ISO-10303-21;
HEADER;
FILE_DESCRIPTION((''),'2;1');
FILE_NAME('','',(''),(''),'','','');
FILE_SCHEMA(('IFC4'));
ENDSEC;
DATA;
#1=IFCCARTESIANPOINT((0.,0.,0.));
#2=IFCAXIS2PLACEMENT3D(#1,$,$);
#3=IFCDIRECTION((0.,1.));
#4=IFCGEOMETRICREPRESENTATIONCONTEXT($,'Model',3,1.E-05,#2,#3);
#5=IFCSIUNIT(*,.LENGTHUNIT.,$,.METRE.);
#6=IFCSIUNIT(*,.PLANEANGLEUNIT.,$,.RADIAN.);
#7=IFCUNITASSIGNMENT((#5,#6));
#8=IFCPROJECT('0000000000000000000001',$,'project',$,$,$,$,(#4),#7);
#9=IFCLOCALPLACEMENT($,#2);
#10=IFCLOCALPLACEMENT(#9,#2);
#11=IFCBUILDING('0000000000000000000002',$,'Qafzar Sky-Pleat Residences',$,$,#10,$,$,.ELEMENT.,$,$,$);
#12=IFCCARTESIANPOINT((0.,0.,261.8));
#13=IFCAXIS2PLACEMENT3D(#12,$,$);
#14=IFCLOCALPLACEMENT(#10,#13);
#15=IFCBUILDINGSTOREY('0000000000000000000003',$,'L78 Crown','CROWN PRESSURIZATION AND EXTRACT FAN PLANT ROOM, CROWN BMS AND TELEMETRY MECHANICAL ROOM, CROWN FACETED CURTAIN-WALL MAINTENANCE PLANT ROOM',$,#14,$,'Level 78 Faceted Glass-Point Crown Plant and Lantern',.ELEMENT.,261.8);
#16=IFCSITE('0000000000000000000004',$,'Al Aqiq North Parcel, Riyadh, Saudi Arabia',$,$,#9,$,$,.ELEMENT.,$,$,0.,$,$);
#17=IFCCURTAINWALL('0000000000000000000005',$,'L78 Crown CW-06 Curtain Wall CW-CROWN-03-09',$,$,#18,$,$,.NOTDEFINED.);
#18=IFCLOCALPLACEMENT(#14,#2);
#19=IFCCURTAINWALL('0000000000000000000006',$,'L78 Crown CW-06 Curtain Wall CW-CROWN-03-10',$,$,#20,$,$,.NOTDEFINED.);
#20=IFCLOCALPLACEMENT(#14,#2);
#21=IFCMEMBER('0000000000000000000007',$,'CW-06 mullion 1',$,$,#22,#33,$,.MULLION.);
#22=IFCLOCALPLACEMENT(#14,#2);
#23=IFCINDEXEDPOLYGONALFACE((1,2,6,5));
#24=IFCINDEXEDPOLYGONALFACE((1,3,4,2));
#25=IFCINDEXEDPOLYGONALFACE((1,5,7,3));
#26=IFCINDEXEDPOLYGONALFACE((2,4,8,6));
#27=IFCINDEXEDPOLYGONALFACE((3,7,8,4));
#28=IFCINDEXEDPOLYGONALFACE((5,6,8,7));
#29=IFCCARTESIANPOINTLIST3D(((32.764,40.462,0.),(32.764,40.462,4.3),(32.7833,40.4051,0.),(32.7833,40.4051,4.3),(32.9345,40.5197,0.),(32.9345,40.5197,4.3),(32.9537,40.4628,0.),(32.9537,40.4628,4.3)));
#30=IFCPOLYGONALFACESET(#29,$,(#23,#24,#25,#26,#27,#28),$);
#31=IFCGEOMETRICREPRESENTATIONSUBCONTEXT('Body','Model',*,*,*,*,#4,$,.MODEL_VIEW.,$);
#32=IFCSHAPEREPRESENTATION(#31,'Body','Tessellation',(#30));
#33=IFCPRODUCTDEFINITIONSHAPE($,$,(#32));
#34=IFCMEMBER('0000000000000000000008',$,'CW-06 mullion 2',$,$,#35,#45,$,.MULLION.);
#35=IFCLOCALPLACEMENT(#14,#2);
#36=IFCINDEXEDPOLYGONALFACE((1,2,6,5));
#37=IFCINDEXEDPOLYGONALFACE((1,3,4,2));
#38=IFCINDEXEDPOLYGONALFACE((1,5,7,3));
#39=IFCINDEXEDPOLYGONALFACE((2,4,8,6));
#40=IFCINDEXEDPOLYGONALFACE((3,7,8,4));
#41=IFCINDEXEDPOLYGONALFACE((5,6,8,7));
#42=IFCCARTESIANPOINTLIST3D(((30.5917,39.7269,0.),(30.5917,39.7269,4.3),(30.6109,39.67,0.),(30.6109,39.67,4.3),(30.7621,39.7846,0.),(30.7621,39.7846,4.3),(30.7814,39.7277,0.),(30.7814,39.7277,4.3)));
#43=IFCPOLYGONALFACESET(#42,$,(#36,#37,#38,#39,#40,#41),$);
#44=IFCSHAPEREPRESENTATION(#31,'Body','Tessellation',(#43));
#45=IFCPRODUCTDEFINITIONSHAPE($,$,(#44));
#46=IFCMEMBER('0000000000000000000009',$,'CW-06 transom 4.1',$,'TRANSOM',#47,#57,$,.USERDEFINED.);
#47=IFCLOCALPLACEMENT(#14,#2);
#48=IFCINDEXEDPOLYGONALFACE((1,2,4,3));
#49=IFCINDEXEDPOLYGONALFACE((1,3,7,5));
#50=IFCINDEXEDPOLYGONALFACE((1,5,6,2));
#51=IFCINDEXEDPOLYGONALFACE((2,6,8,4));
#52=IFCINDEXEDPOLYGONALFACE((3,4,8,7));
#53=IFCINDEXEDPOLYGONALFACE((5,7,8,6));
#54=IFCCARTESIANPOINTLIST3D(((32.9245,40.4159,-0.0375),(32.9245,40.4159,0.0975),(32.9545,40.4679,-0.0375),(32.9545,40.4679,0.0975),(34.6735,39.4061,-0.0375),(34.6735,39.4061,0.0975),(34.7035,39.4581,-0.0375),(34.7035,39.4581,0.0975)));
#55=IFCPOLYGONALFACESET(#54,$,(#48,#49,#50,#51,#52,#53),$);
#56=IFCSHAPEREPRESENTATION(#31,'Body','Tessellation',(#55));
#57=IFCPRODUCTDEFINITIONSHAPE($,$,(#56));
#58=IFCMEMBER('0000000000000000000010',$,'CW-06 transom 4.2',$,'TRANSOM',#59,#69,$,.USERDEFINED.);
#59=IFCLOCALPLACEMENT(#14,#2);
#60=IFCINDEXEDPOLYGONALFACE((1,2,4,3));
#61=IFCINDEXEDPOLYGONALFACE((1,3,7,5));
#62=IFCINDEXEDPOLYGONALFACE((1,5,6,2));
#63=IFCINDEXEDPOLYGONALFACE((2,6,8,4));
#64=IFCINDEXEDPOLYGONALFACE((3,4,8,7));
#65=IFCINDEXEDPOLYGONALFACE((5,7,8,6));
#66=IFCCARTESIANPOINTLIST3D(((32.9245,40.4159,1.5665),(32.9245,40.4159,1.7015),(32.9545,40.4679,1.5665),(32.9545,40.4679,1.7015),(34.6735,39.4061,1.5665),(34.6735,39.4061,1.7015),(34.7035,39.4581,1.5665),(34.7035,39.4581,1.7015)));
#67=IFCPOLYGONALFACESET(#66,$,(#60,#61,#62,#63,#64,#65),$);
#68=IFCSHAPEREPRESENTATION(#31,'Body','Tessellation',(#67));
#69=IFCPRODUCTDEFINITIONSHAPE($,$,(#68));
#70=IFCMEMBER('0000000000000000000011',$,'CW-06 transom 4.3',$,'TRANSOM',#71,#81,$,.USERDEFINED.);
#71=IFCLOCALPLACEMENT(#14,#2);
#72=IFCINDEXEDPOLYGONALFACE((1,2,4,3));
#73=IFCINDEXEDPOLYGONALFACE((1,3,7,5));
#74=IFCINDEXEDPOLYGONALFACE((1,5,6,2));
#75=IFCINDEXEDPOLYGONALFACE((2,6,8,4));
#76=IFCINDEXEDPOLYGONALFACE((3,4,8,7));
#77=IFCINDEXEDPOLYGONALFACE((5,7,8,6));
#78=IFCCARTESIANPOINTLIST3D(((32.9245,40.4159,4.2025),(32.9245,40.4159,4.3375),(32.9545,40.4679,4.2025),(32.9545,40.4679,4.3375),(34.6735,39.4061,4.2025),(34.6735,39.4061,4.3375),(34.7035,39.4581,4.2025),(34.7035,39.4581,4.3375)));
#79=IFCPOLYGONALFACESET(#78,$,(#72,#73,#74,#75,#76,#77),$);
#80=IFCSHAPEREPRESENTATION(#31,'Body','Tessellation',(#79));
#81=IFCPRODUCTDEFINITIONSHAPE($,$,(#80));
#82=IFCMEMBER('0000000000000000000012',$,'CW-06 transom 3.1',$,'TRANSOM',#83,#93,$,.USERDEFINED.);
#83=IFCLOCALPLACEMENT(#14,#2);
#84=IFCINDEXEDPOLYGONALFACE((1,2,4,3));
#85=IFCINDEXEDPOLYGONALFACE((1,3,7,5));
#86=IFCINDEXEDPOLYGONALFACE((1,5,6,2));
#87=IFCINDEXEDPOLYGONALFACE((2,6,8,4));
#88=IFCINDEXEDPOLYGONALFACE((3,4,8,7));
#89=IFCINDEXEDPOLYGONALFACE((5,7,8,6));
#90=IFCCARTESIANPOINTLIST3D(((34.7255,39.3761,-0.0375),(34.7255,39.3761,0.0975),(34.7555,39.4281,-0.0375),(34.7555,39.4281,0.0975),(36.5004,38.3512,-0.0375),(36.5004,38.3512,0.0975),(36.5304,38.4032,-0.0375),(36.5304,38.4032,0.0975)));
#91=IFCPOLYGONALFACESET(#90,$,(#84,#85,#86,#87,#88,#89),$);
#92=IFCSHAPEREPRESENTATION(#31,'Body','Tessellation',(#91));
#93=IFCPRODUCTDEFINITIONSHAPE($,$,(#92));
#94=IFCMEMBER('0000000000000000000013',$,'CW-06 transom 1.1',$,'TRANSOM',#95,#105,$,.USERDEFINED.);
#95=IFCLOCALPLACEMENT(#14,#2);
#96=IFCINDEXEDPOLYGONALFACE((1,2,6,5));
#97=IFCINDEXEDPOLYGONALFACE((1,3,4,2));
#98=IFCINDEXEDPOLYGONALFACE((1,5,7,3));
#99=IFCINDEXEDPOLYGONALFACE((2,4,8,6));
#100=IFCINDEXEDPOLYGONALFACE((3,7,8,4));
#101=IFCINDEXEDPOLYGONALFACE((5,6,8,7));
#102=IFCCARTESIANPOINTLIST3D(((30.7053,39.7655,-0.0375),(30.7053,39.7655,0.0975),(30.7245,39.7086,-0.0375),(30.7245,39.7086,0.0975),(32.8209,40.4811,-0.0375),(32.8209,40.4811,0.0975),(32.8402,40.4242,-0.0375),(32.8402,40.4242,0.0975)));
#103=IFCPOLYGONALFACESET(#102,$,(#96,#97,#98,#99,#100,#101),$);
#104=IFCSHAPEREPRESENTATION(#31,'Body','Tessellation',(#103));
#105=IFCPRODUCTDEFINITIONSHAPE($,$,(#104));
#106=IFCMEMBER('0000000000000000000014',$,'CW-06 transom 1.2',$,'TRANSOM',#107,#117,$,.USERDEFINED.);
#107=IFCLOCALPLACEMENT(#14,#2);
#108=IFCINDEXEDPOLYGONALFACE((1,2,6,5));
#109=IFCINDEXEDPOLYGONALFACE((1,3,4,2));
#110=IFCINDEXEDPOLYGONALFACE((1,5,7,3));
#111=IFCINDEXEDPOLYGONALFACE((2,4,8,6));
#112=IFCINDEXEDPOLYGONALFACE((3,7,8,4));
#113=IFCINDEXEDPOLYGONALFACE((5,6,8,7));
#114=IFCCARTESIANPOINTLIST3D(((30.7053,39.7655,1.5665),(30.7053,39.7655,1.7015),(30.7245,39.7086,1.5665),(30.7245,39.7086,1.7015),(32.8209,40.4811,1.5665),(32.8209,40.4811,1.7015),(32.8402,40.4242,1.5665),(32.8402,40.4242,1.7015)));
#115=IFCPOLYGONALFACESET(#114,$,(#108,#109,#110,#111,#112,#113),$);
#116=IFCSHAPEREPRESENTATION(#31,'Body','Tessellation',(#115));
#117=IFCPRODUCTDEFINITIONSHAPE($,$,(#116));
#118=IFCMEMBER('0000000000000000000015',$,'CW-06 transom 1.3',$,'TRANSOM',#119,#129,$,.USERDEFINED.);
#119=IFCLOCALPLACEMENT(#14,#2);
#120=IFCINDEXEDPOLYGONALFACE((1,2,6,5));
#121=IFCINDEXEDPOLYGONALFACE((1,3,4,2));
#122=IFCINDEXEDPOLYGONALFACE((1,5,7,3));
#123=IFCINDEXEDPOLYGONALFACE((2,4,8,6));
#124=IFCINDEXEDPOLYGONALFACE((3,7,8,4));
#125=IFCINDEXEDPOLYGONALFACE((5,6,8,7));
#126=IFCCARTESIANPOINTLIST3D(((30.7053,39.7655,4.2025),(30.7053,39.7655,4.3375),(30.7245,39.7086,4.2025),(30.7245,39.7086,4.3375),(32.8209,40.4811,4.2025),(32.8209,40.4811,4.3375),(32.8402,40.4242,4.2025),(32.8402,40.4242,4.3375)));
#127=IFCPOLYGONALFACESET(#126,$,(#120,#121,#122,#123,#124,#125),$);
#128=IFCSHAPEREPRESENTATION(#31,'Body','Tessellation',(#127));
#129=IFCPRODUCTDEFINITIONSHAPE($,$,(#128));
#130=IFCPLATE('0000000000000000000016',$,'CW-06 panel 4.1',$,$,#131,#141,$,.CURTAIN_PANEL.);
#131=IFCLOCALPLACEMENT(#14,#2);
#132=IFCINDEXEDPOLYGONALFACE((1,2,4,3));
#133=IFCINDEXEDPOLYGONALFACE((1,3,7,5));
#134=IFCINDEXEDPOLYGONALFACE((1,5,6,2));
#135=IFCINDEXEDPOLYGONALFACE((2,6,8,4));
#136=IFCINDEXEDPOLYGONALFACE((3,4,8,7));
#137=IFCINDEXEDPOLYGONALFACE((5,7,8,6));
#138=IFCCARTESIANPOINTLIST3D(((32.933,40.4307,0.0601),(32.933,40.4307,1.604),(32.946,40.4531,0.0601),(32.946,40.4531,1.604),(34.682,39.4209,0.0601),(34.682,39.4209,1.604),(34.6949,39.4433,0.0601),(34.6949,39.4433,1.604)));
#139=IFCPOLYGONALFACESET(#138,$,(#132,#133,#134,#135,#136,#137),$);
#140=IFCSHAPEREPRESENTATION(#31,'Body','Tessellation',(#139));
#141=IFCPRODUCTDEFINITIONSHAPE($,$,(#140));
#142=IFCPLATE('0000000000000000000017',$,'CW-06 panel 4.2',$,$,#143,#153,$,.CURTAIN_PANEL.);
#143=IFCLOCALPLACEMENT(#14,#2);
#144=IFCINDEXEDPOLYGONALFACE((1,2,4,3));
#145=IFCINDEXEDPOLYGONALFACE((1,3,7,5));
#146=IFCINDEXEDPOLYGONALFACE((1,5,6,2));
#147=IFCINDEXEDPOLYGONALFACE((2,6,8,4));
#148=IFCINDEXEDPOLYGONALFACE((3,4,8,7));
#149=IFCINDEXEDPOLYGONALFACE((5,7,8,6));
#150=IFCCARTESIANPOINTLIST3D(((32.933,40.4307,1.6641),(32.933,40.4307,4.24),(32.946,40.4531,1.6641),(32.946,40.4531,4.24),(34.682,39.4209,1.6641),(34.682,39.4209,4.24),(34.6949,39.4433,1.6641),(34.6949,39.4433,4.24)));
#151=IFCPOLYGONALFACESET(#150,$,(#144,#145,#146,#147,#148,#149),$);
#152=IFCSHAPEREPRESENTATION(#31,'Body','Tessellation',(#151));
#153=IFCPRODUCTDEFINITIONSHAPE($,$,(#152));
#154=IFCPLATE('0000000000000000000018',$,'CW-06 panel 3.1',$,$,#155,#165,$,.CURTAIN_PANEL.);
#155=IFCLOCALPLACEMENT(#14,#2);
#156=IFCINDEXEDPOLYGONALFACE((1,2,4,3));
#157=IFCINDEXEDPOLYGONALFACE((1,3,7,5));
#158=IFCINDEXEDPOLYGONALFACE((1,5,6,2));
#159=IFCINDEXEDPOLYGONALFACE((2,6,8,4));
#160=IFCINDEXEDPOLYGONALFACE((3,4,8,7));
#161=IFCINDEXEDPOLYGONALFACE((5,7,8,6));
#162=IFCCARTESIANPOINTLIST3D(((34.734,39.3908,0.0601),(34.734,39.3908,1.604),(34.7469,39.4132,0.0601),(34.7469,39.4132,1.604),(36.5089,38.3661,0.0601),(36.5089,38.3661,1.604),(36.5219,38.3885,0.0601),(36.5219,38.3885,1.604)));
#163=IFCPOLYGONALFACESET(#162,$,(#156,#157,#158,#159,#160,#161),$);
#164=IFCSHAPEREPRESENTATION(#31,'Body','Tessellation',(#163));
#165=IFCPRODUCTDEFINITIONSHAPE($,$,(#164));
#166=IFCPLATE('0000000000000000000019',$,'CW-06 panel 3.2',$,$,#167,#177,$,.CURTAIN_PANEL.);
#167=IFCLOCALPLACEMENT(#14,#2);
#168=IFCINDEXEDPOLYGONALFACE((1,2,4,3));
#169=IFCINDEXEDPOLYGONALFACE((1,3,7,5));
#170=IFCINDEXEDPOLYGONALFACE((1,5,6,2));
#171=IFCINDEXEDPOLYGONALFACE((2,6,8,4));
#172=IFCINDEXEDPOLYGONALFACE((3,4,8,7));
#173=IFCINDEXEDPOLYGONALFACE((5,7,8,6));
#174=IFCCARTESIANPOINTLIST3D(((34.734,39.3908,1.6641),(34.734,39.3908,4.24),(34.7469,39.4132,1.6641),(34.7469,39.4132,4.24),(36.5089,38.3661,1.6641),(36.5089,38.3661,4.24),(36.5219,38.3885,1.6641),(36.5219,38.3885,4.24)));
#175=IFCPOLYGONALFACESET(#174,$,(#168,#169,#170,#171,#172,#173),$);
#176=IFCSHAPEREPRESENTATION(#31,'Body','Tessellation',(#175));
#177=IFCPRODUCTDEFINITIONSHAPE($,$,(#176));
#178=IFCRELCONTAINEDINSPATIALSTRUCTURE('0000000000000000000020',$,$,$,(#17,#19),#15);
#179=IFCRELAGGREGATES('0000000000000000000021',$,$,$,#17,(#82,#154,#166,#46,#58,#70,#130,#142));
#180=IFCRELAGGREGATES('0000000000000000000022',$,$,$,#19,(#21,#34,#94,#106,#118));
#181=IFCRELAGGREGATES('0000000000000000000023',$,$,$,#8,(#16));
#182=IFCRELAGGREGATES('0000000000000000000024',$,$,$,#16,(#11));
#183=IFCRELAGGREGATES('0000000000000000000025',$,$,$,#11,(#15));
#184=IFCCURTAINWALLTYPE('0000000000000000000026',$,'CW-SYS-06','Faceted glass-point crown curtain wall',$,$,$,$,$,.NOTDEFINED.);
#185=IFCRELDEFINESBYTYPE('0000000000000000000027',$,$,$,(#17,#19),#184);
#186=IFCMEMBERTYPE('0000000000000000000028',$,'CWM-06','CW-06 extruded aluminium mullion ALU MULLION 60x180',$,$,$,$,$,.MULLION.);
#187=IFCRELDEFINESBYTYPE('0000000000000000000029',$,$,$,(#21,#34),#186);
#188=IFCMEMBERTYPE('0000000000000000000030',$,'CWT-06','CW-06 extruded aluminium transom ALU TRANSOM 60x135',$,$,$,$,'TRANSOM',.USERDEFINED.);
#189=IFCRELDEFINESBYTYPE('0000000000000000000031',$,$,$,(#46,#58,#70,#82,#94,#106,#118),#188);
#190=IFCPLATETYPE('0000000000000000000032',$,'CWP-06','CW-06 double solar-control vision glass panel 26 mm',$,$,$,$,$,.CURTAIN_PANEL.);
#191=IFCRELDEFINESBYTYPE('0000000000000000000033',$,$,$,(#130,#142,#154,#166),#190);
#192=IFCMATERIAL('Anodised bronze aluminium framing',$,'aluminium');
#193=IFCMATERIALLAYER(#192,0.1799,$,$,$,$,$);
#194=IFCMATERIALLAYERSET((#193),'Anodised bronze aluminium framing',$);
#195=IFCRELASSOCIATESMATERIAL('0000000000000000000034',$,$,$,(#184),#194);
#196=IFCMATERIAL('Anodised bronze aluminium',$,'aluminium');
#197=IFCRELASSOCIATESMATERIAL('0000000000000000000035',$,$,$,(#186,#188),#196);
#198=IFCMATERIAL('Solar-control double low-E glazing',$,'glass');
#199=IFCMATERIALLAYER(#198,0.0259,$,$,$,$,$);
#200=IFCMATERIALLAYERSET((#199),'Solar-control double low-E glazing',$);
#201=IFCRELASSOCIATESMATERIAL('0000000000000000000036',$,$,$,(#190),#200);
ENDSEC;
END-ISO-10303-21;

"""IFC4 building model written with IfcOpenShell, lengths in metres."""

from ifc_helpers import new_model, si_unit, direction, frame, origin, origin_2d, place, context, subcontext, project, spatial, rectangle, extrude, source, transform, mapped, material, layer, layer_set, material_profile, profile_set, type_object, element, aggregate, save


model = new_model("IFC4")

# Units and contexts
model_context = context("Model", 3, precision=1e-05, world=origin(), true_north=direction((0.0, 1.0)))
body_context = subcontext(model_context, "Body", "Model", "MODEL_VIEW")
ifc_project = project(units=[si_unit("LENGTHUNIT", "METRE"), si_unit("PLANEANGLEUNIT", "RADIAN")], contexts=[model_context])

# Site, building, storey
site_placement = place(None, origin())
site = spatial("IfcSite", under=ifc_project, at=site_placement, Name="Al Aqiq North Parcel, Riyadh, Saudi Arabia", CompositionType="ELEMENT", RefElevation=0.0)
building_placement = place(site_placement, origin())
building = spatial("IfcBuilding", under=site, at=building_placement, Name="Qafzar Sky-Pleat Residences", CompositionType="ELEMENT")
storey_placement = place(building_placement, frame((0.0, 0.0, 261.8)))
storey = spatial("IfcBuildingStorey", under=building, at=storey_placement, Name="L78 Crown", Description="CROWN PRESSURIZATION AND EXTRACT FAN PLANT ROOM, CROWN BMS AND TELEMETRY MECHANICAL ROOM, CROWN FACETED CURTAIN-WALL MAINTENANCE PLANT ROOM", LongName="Level 78 Faceted Glass-Point Crown Plant and Lantern", CompositionType="ELEMENT", Elevation=261.8)

# Curtain walls, members
ifc_material_1 = material(Name="Anodised bronze aluminium framing", Category="aluminium")
ifc_layer_1 = layer(ifc_material_1, 0.1799)
ifc_layer_set_1 = layer_set([ifc_layer_1], Name="Anodised bronze aluminium framing")
curtain_wall_type = type_object("IfcCurtainWallType", Name="CW-SYS-06", Description="Faceted glass-point crown curtain wall", PredefinedType="NOTDEFINED", material=ifc_layer_set_1)
curtain_wall_1_placement = place(storey_placement, origin())
curtain_wall_1 = element("IfcCurtainWall", 1, at=curtain_wall_1_placement, inside=storey, type_object=curtain_wall_type, Name="L78 Crown CW-06 Curtain Wall CW-CROWN-03-09", PredefinedType="NOTDEFINED")
ifc_material_2 = material(Name="Anodised bronze aluminium", Category="aluminium")
ifc_material_profile_1 = material_profile(ifc_material_2, rectangle(XDim=0.0601, YDim=0.1799, at=origin_2d()), Name="ALU MULLION 60x180")
ifc_profile_set_1 = profile_set([ifc_material_profile_1], Name="Anodised bronze aluminium")
member_type_1 = type_object("IfcMemberType", Name="CWM-06", Description="CW-06 extruded aluminium mullion ALU MULLION 60x180", PredefinedType="MULLION", material=ifc_profile_set_1)
shared_shape_1 = source(origin(), body_context, "Body", "SweptSolid", [
    extrude(rectangle(XDim=0.0601, YDim=0.1799, at=origin_2d()), origin(), (0.0, 0.0, 1.0), 4.3),
])
curtain_wall_2_placement = place(storey_placement, origin())
curtain_wall_2 = element("IfcCurtainWall", 2, at=curtain_wall_2_placement, inside=storey, type_object=curtain_wall_type, Name="L78 Crown CW-06 Curtain Wall CW-CROWN-03-10", PredefinedType="NOTDEFINED")
member_1_placement = place(storey_placement, frame((32.8589, 40.4624, 0.0), z_axis=(0.0, 0.0, 1.0), x_axis=(0.320451, -0.947265, 0.0)))
member_1 = element("IfcMember", 3, at=member_1_placement, type_object=member_type_1, Name="CW-06 mullion 1", PredefinedType="MULLION", context=body_context, shape_type="MappedRepresentation", body=[
    mapped(shared_shape_1, transform((0.0, 0.0, 0.0), x_axis=(1.0, 0.0, 0.0), y_axis=(0.0, 1.0, 0.0), z_axis=(0.0, 0.0, 1.0), scale=1.0)),
])
member_2_placement = place(storey_placement, frame((30.6865, 39.7273, 0.0), z_axis=(0.0, 0.0, 1.0), x_axis=(0.320451, -0.947265, 0.0)))
member_2 = element("IfcMember", 4, at=member_2_placement, type_object=member_type_1, Name="CW-06 mullion 2", PredefinedType="MULLION", context=body_context, shape_type="MappedRepresentation", body=[
    mapped(shared_shape_1, transform((0.0, 0.0, 0.0), x_axis=(1.0, 0.0, 0.0), y_axis=(0.0, 1.0, 0.0), z_axis=(0.0, 0.0, 1.0), scale=1.0)),
])

# Members
ifc_material_profile_2 = material_profile(ifc_material_2, rectangle(XDim=0.0601, YDim=0.135, at=origin_2d()), Name="ALU TRANSOM 60x135")
ifc_profile_set_2 = profile_set([ifc_material_profile_2], Name="Anodised bronze aluminium")
member_type_2 = type_object("IfcMemberType", Name="CWT-06", Description="CW-06 extruded aluminium transom ALU TRANSOM 60x135", ElementType="TRANSOM", PredefinedType="USERDEFINED", material=ifc_profile_set_2)
shared_shape_2 = source(origin(), body_context, "Body", "SweptSolid", [
    extrude(rectangle(XDim=0.0601, YDim=0.135, at=origin_2d()), origin(), (0.0, 0.0, 1.0), 2.0195),
])
member_3_placement = place(storey_placement, frame((34.6885, 39.4321, 0.03), z_axis=(-0.866033, 0.499988, 0.0), x_axis=(-0.499988, -0.866033, 0.0)))
member_3 = element("IfcMember", 5, at=member_3_placement, type_object=member_type_2, Name="CW-06 transom 4.1", ObjectType="TRANSOM", PredefinedType="USERDEFINED", context=body_context, shape_type="MappedRepresentation", body=[
    mapped(shared_shape_2, transform((0.0, 0.0, 0.0), x_axis=(1.0, 0.0, 0.0), y_axis=(0.0, 1.0, 0.0), z_axis=(0.0, 0.0, 1.0), scale=1.0)),
])
member_4_placement = place(storey_placement, frame((34.6885, 39.4321, 1.634), z_axis=(-0.866033, 0.499988, 0.0), x_axis=(-0.499988, -0.866033, 0.0)))
member_4 = element("IfcMember", 6, at=member_4_placement, type_object=member_type_2, Name="CW-06 transom 4.2", ObjectType="TRANSOM", PredefinedType="USERDEFINED", context=body_context, shape_type="MappedRepresentation", body=[
    mapped(shared_shape_2, transform((0.0, 0.0, 0.0), x_axis=(1.0, 0.0, 0.0), y_axis=(0.0, 1.0, 0.0), z_axis=(0.0, 0.0, 1.0), scale=1.0)),
])
member_5_placement = place(storey_placement, frame((34.6885, 39.4321, 4.27), z_axis=(-0.866033, 0.499988, 0.0), x_axis=(-0.499988, -0.866033, 0.0)))
member_5 = element("IfcMember", 7, at=member_5_placement, type_object=member_type_2, Name="CW-06 transom 4.3", ObjectType="TRANSOM", PredefinedType="USERDEFINED", context=body_context, shape_type="MappedRepresentation", body=[
    mapped(shared_shape_2, transform((0.0, 0.0, 0.0), x_axis=(1.0, 0.0, 0.0), y_axis=(0.0, 1.0, 0.0), z_axis=(0.0, 0.0, 1.0), scale=1.0)),
])
shared_shape_3 = source(origin(), body_context, "Body", "SweptSolid", [
    extrude(rectangle(XDim=0.0601, YDim=0.135, at=origin_2d()), origin(), (0.0, 0.0, 1.0), 2.0496),
])
member_6_placement = place(storey_placement, frame((36.5154, 38.3772, 0.03), z_axis=(-0.865991, 0.500059, 0.0), x_axis=(-0.500059, -0.865991, 0.0)))
member_6 = element("IfcMember", 8, at=member_6_placement, type_object=member_type_2, Name="CW-06 transom 3.1", ObjectType="TRANSOM", PredefinedType="USERDEFINED", context=body_context, shape_type="MappedRepresentation", body=[
    mapped(shared_shape_3, transform((0.0, 0.0, 0.0), x_axis=(1.0, 0.0, 0.0), y_axis=(0.0, 1.0, 0.0), z_axis=(0.0, 0.0, 1.0), scale=1.0)),
])
shared_shape_4 = source(origin(), body_context, "Body", "SweptSolid", [
    extrude(rectangle(XDim=0.0601, YDim=0.135, at=origin_2d()), origin(), (0.0, 0.0, 1.0), 2.2334),
])
member_7_placement = place(storey_placement, frame((32.8306, 40.4526, 0.03), z_axis=(-0.947286, -0.320389, 0.0), x_axis=(0.320389, -0.947286, 0.0)))
member_7 = element("IfcMember", 9, at=member_7_placement, type_object=member_type_2, Name="CW-06 transom 1.1", ObjectType="TRANSOM", PredefinedType="USERDEFINED", context=body_context, shape_type="MappedRepresentation", body=[
    mapped(shared_shape_4, transform((0.0, 0.0, 0.0), x_axis=(1.0, 0.0, 0.0), y_axis=(0.0, 1.0, 0.0), z_axis=(0.0, 0.0, 1.0), scale=1.0)),
])
member_8_placement = place(storey_placement, frame((32.8306, 40.4526, 1.634), z_axis=(-0.947286, -0.320389, 0.0), x_axis=(0.320389, -0.947286, 0.0)))
member_8 = element("IfcMember", 10, at=member_8_placement, type_object=member_type_2, Name="CW-06 transom 1.2", ObjectType="TRANSOM", PredefinedType="USERDEFINED", context=body_context, shape_type="MappedRepresentation", body=[
    mapped(shared_shape_4, transform((0.0, 0.0, 0.0), x_axis=(1.0, 0.0, 0.0), y_axis=(0.0, 1.0, 0.0), z_axis=(0.0, 0.0, 1.0), scale=1.0)),
])
member_9_placement = place(storey_placement, frame((32.8306, 40.4526, 4.27), z_axis=(-0.947286, -0.320389, 0.0), x_axis=(0.320389, -0.947286, 0.0)))
member_9 = element("IfcMember", 11, at=member_9_placement, type_object=member_type_2, Name="CW-06 transom 1.3", ObjectType="TRANSOM", PredefinedType="USERDEFINED", context=body_context, shape_type="MappedRepresentation", body=[
    mapped(shared_shape_4, transform((0.0, 0.0, 0.0), x_axis=(1.0, 0.0, 0.0), y_axis=(0.0, 1.0, 0.0), z_axis=(0.0, 0.0, 1.0), scale=1.0)),
])

# Plates
ifc_material_3 = material(Name="Solar-control double low-E glazing", Category="glass")
ifc_layer_2 = layer(ifc_material_3, 0.0259)
ifc_layer_set_2 = layer_set([ifc_layer_2], Name="Solar-control double low-E glazing")
plate_type = type_object("IfcPlateType", Name="CWP-06", Description="CW-06 double solar-control vision glass panel 26 mm", PredefinedType="CURTAIN_PANEL", material=ifc_layer_set_2)
shared_shape_5 = source(origin(), body_context, "Body", "SweptSolid", [
    extrude(rectangle(XDim=2.0195, YDim=0.0259, at=origin_2d()), origin(), (0.0, 0.0, 1.0), 1.5439),
])
plate_1_placement = place(storey_placement, frame((33.814, 39.937, 0.0601), z_axis=(0.0, 0.0, 1.0), x_axis=(-0.866024, 0.500002, 0.0)))
plate_1 = element("IfcPlate", 12, at=plate_1_placement, type_object=plate_type, Name="CW-06 panel 4.1", PredefinedType="CURTAIN_PANEL", context=body_context, shape_type="MappedRepresentation", body=[
    mapped(shared_shape_5, transform((0.0, 0.0, 0.0), x_axis=(1.0, 0.0, 0.0), y_axis=(0.0, 1.0, 0.0), z_axis=(0.0, 0.0, 1.0), scale=1.0)),
])
shared_shape_6 = source(origin(), body_context, "Body", "SweptSolid", [
    extrude(rectangle(XDim=2.0195, YDim=0.0259, at=origin_2d()), origin(), (0.0, 0.0, 1.0), 2.5759),
])
plate_2_placement = place(storey_placement, frame((33.814, 39.937, 1.6641), z_axis=(0.0, 0.0, 1.0), x_axis=(-0.866024, 0.500002, 0.0)))
plate_2 = element("IfcPlate", 13, at=plate_2_placement, type_object=plate_type, Name="CW-06 panel 4.2", PredefinedType="CURTAIN_PANEL", context=body_context, shape_type="MappedRepresentation", body=[
    mapped(shared_shape_6, transform((0.0, 0.0, 0.0), x_axis=(1.0, 0.0, 0.0), y_axis=(0.0, 1.0, 0.0), z_axis=(0.0, 0.0, 1.0), scale=1.0)),
])
shared_shape_7 = source(origin(), body_context, "Body", "SweptSolid", [
    extrude(rectangle(XDim=2.0496, YDim=0.0259, at=origin_2d()), origin(), (0.0, 0.0, 1.0), 1.5439),
])
plate_3_placement = place(storey_placement, frame((35.6279, 38.8896, 0.0601), z_axis=(0.0, 0.0, 1.0), x_axis=(-0.866024, 0.500002, 0.0)))
plate_3 = element("IfcPlate", 14, at=plate_3_placement, type_object=plate_type, Name="CW-06 panel 3.1", PredefinedType="CURTAIN_PANEL", context=body_context, shape_type="MappedRepresentation", body=[
    mapped(shared_shape_7, transform((0.0, 0.0, 0.0), x_axis=(1.0, 0.0, 0.0), y_axis=(0.0, 1.0, 0.0), z_axis=(0.0, 0.0, 1.0), scale=1.0)),
])
shared_shape_8 = source(origin(), body_context, "Body", "SweptSolid", [
    extrude(rectangle(XDim=2.0496, YDim=0.0259, at=origin_2d()), origin(), (0.0, 0.0, 1.0), 2.5759),
])
plate_4_placement = place(storey_placement, frame((35.6279, 38.8896, 1.6641), z_axis=(0.0, 0.0, 1.0), x_axis=(-0.866024, 0.500002, 0.0)))
plate_4 = element("IfcPlate", 15, at=plate_4_placement, type_object=plate_type, Name="CW-06 panel 3.2", PredefinedType="CURTAIN_PANEL", context=body_context, shape_type="MappedRepresentation", body=[
    mapped(shared_shape_8, transform((0.0, 0.0, 0.0), x_axis=(1.0, 0.0, 0.0), y_axis=(0.0, 1.0, 0.0), z_axis=(0.0, 0.0, 1.0), scale=1.0)),
])
aggregate(curtain_wall_1, [member_6, plate_3, plate_4, member_3, member_4, member_5, plate_1, plate_2])
aggregate(curtain_wall_2, [member_1, member_2, member_7, member_8, member_9])

save(model, "model.ifc")
